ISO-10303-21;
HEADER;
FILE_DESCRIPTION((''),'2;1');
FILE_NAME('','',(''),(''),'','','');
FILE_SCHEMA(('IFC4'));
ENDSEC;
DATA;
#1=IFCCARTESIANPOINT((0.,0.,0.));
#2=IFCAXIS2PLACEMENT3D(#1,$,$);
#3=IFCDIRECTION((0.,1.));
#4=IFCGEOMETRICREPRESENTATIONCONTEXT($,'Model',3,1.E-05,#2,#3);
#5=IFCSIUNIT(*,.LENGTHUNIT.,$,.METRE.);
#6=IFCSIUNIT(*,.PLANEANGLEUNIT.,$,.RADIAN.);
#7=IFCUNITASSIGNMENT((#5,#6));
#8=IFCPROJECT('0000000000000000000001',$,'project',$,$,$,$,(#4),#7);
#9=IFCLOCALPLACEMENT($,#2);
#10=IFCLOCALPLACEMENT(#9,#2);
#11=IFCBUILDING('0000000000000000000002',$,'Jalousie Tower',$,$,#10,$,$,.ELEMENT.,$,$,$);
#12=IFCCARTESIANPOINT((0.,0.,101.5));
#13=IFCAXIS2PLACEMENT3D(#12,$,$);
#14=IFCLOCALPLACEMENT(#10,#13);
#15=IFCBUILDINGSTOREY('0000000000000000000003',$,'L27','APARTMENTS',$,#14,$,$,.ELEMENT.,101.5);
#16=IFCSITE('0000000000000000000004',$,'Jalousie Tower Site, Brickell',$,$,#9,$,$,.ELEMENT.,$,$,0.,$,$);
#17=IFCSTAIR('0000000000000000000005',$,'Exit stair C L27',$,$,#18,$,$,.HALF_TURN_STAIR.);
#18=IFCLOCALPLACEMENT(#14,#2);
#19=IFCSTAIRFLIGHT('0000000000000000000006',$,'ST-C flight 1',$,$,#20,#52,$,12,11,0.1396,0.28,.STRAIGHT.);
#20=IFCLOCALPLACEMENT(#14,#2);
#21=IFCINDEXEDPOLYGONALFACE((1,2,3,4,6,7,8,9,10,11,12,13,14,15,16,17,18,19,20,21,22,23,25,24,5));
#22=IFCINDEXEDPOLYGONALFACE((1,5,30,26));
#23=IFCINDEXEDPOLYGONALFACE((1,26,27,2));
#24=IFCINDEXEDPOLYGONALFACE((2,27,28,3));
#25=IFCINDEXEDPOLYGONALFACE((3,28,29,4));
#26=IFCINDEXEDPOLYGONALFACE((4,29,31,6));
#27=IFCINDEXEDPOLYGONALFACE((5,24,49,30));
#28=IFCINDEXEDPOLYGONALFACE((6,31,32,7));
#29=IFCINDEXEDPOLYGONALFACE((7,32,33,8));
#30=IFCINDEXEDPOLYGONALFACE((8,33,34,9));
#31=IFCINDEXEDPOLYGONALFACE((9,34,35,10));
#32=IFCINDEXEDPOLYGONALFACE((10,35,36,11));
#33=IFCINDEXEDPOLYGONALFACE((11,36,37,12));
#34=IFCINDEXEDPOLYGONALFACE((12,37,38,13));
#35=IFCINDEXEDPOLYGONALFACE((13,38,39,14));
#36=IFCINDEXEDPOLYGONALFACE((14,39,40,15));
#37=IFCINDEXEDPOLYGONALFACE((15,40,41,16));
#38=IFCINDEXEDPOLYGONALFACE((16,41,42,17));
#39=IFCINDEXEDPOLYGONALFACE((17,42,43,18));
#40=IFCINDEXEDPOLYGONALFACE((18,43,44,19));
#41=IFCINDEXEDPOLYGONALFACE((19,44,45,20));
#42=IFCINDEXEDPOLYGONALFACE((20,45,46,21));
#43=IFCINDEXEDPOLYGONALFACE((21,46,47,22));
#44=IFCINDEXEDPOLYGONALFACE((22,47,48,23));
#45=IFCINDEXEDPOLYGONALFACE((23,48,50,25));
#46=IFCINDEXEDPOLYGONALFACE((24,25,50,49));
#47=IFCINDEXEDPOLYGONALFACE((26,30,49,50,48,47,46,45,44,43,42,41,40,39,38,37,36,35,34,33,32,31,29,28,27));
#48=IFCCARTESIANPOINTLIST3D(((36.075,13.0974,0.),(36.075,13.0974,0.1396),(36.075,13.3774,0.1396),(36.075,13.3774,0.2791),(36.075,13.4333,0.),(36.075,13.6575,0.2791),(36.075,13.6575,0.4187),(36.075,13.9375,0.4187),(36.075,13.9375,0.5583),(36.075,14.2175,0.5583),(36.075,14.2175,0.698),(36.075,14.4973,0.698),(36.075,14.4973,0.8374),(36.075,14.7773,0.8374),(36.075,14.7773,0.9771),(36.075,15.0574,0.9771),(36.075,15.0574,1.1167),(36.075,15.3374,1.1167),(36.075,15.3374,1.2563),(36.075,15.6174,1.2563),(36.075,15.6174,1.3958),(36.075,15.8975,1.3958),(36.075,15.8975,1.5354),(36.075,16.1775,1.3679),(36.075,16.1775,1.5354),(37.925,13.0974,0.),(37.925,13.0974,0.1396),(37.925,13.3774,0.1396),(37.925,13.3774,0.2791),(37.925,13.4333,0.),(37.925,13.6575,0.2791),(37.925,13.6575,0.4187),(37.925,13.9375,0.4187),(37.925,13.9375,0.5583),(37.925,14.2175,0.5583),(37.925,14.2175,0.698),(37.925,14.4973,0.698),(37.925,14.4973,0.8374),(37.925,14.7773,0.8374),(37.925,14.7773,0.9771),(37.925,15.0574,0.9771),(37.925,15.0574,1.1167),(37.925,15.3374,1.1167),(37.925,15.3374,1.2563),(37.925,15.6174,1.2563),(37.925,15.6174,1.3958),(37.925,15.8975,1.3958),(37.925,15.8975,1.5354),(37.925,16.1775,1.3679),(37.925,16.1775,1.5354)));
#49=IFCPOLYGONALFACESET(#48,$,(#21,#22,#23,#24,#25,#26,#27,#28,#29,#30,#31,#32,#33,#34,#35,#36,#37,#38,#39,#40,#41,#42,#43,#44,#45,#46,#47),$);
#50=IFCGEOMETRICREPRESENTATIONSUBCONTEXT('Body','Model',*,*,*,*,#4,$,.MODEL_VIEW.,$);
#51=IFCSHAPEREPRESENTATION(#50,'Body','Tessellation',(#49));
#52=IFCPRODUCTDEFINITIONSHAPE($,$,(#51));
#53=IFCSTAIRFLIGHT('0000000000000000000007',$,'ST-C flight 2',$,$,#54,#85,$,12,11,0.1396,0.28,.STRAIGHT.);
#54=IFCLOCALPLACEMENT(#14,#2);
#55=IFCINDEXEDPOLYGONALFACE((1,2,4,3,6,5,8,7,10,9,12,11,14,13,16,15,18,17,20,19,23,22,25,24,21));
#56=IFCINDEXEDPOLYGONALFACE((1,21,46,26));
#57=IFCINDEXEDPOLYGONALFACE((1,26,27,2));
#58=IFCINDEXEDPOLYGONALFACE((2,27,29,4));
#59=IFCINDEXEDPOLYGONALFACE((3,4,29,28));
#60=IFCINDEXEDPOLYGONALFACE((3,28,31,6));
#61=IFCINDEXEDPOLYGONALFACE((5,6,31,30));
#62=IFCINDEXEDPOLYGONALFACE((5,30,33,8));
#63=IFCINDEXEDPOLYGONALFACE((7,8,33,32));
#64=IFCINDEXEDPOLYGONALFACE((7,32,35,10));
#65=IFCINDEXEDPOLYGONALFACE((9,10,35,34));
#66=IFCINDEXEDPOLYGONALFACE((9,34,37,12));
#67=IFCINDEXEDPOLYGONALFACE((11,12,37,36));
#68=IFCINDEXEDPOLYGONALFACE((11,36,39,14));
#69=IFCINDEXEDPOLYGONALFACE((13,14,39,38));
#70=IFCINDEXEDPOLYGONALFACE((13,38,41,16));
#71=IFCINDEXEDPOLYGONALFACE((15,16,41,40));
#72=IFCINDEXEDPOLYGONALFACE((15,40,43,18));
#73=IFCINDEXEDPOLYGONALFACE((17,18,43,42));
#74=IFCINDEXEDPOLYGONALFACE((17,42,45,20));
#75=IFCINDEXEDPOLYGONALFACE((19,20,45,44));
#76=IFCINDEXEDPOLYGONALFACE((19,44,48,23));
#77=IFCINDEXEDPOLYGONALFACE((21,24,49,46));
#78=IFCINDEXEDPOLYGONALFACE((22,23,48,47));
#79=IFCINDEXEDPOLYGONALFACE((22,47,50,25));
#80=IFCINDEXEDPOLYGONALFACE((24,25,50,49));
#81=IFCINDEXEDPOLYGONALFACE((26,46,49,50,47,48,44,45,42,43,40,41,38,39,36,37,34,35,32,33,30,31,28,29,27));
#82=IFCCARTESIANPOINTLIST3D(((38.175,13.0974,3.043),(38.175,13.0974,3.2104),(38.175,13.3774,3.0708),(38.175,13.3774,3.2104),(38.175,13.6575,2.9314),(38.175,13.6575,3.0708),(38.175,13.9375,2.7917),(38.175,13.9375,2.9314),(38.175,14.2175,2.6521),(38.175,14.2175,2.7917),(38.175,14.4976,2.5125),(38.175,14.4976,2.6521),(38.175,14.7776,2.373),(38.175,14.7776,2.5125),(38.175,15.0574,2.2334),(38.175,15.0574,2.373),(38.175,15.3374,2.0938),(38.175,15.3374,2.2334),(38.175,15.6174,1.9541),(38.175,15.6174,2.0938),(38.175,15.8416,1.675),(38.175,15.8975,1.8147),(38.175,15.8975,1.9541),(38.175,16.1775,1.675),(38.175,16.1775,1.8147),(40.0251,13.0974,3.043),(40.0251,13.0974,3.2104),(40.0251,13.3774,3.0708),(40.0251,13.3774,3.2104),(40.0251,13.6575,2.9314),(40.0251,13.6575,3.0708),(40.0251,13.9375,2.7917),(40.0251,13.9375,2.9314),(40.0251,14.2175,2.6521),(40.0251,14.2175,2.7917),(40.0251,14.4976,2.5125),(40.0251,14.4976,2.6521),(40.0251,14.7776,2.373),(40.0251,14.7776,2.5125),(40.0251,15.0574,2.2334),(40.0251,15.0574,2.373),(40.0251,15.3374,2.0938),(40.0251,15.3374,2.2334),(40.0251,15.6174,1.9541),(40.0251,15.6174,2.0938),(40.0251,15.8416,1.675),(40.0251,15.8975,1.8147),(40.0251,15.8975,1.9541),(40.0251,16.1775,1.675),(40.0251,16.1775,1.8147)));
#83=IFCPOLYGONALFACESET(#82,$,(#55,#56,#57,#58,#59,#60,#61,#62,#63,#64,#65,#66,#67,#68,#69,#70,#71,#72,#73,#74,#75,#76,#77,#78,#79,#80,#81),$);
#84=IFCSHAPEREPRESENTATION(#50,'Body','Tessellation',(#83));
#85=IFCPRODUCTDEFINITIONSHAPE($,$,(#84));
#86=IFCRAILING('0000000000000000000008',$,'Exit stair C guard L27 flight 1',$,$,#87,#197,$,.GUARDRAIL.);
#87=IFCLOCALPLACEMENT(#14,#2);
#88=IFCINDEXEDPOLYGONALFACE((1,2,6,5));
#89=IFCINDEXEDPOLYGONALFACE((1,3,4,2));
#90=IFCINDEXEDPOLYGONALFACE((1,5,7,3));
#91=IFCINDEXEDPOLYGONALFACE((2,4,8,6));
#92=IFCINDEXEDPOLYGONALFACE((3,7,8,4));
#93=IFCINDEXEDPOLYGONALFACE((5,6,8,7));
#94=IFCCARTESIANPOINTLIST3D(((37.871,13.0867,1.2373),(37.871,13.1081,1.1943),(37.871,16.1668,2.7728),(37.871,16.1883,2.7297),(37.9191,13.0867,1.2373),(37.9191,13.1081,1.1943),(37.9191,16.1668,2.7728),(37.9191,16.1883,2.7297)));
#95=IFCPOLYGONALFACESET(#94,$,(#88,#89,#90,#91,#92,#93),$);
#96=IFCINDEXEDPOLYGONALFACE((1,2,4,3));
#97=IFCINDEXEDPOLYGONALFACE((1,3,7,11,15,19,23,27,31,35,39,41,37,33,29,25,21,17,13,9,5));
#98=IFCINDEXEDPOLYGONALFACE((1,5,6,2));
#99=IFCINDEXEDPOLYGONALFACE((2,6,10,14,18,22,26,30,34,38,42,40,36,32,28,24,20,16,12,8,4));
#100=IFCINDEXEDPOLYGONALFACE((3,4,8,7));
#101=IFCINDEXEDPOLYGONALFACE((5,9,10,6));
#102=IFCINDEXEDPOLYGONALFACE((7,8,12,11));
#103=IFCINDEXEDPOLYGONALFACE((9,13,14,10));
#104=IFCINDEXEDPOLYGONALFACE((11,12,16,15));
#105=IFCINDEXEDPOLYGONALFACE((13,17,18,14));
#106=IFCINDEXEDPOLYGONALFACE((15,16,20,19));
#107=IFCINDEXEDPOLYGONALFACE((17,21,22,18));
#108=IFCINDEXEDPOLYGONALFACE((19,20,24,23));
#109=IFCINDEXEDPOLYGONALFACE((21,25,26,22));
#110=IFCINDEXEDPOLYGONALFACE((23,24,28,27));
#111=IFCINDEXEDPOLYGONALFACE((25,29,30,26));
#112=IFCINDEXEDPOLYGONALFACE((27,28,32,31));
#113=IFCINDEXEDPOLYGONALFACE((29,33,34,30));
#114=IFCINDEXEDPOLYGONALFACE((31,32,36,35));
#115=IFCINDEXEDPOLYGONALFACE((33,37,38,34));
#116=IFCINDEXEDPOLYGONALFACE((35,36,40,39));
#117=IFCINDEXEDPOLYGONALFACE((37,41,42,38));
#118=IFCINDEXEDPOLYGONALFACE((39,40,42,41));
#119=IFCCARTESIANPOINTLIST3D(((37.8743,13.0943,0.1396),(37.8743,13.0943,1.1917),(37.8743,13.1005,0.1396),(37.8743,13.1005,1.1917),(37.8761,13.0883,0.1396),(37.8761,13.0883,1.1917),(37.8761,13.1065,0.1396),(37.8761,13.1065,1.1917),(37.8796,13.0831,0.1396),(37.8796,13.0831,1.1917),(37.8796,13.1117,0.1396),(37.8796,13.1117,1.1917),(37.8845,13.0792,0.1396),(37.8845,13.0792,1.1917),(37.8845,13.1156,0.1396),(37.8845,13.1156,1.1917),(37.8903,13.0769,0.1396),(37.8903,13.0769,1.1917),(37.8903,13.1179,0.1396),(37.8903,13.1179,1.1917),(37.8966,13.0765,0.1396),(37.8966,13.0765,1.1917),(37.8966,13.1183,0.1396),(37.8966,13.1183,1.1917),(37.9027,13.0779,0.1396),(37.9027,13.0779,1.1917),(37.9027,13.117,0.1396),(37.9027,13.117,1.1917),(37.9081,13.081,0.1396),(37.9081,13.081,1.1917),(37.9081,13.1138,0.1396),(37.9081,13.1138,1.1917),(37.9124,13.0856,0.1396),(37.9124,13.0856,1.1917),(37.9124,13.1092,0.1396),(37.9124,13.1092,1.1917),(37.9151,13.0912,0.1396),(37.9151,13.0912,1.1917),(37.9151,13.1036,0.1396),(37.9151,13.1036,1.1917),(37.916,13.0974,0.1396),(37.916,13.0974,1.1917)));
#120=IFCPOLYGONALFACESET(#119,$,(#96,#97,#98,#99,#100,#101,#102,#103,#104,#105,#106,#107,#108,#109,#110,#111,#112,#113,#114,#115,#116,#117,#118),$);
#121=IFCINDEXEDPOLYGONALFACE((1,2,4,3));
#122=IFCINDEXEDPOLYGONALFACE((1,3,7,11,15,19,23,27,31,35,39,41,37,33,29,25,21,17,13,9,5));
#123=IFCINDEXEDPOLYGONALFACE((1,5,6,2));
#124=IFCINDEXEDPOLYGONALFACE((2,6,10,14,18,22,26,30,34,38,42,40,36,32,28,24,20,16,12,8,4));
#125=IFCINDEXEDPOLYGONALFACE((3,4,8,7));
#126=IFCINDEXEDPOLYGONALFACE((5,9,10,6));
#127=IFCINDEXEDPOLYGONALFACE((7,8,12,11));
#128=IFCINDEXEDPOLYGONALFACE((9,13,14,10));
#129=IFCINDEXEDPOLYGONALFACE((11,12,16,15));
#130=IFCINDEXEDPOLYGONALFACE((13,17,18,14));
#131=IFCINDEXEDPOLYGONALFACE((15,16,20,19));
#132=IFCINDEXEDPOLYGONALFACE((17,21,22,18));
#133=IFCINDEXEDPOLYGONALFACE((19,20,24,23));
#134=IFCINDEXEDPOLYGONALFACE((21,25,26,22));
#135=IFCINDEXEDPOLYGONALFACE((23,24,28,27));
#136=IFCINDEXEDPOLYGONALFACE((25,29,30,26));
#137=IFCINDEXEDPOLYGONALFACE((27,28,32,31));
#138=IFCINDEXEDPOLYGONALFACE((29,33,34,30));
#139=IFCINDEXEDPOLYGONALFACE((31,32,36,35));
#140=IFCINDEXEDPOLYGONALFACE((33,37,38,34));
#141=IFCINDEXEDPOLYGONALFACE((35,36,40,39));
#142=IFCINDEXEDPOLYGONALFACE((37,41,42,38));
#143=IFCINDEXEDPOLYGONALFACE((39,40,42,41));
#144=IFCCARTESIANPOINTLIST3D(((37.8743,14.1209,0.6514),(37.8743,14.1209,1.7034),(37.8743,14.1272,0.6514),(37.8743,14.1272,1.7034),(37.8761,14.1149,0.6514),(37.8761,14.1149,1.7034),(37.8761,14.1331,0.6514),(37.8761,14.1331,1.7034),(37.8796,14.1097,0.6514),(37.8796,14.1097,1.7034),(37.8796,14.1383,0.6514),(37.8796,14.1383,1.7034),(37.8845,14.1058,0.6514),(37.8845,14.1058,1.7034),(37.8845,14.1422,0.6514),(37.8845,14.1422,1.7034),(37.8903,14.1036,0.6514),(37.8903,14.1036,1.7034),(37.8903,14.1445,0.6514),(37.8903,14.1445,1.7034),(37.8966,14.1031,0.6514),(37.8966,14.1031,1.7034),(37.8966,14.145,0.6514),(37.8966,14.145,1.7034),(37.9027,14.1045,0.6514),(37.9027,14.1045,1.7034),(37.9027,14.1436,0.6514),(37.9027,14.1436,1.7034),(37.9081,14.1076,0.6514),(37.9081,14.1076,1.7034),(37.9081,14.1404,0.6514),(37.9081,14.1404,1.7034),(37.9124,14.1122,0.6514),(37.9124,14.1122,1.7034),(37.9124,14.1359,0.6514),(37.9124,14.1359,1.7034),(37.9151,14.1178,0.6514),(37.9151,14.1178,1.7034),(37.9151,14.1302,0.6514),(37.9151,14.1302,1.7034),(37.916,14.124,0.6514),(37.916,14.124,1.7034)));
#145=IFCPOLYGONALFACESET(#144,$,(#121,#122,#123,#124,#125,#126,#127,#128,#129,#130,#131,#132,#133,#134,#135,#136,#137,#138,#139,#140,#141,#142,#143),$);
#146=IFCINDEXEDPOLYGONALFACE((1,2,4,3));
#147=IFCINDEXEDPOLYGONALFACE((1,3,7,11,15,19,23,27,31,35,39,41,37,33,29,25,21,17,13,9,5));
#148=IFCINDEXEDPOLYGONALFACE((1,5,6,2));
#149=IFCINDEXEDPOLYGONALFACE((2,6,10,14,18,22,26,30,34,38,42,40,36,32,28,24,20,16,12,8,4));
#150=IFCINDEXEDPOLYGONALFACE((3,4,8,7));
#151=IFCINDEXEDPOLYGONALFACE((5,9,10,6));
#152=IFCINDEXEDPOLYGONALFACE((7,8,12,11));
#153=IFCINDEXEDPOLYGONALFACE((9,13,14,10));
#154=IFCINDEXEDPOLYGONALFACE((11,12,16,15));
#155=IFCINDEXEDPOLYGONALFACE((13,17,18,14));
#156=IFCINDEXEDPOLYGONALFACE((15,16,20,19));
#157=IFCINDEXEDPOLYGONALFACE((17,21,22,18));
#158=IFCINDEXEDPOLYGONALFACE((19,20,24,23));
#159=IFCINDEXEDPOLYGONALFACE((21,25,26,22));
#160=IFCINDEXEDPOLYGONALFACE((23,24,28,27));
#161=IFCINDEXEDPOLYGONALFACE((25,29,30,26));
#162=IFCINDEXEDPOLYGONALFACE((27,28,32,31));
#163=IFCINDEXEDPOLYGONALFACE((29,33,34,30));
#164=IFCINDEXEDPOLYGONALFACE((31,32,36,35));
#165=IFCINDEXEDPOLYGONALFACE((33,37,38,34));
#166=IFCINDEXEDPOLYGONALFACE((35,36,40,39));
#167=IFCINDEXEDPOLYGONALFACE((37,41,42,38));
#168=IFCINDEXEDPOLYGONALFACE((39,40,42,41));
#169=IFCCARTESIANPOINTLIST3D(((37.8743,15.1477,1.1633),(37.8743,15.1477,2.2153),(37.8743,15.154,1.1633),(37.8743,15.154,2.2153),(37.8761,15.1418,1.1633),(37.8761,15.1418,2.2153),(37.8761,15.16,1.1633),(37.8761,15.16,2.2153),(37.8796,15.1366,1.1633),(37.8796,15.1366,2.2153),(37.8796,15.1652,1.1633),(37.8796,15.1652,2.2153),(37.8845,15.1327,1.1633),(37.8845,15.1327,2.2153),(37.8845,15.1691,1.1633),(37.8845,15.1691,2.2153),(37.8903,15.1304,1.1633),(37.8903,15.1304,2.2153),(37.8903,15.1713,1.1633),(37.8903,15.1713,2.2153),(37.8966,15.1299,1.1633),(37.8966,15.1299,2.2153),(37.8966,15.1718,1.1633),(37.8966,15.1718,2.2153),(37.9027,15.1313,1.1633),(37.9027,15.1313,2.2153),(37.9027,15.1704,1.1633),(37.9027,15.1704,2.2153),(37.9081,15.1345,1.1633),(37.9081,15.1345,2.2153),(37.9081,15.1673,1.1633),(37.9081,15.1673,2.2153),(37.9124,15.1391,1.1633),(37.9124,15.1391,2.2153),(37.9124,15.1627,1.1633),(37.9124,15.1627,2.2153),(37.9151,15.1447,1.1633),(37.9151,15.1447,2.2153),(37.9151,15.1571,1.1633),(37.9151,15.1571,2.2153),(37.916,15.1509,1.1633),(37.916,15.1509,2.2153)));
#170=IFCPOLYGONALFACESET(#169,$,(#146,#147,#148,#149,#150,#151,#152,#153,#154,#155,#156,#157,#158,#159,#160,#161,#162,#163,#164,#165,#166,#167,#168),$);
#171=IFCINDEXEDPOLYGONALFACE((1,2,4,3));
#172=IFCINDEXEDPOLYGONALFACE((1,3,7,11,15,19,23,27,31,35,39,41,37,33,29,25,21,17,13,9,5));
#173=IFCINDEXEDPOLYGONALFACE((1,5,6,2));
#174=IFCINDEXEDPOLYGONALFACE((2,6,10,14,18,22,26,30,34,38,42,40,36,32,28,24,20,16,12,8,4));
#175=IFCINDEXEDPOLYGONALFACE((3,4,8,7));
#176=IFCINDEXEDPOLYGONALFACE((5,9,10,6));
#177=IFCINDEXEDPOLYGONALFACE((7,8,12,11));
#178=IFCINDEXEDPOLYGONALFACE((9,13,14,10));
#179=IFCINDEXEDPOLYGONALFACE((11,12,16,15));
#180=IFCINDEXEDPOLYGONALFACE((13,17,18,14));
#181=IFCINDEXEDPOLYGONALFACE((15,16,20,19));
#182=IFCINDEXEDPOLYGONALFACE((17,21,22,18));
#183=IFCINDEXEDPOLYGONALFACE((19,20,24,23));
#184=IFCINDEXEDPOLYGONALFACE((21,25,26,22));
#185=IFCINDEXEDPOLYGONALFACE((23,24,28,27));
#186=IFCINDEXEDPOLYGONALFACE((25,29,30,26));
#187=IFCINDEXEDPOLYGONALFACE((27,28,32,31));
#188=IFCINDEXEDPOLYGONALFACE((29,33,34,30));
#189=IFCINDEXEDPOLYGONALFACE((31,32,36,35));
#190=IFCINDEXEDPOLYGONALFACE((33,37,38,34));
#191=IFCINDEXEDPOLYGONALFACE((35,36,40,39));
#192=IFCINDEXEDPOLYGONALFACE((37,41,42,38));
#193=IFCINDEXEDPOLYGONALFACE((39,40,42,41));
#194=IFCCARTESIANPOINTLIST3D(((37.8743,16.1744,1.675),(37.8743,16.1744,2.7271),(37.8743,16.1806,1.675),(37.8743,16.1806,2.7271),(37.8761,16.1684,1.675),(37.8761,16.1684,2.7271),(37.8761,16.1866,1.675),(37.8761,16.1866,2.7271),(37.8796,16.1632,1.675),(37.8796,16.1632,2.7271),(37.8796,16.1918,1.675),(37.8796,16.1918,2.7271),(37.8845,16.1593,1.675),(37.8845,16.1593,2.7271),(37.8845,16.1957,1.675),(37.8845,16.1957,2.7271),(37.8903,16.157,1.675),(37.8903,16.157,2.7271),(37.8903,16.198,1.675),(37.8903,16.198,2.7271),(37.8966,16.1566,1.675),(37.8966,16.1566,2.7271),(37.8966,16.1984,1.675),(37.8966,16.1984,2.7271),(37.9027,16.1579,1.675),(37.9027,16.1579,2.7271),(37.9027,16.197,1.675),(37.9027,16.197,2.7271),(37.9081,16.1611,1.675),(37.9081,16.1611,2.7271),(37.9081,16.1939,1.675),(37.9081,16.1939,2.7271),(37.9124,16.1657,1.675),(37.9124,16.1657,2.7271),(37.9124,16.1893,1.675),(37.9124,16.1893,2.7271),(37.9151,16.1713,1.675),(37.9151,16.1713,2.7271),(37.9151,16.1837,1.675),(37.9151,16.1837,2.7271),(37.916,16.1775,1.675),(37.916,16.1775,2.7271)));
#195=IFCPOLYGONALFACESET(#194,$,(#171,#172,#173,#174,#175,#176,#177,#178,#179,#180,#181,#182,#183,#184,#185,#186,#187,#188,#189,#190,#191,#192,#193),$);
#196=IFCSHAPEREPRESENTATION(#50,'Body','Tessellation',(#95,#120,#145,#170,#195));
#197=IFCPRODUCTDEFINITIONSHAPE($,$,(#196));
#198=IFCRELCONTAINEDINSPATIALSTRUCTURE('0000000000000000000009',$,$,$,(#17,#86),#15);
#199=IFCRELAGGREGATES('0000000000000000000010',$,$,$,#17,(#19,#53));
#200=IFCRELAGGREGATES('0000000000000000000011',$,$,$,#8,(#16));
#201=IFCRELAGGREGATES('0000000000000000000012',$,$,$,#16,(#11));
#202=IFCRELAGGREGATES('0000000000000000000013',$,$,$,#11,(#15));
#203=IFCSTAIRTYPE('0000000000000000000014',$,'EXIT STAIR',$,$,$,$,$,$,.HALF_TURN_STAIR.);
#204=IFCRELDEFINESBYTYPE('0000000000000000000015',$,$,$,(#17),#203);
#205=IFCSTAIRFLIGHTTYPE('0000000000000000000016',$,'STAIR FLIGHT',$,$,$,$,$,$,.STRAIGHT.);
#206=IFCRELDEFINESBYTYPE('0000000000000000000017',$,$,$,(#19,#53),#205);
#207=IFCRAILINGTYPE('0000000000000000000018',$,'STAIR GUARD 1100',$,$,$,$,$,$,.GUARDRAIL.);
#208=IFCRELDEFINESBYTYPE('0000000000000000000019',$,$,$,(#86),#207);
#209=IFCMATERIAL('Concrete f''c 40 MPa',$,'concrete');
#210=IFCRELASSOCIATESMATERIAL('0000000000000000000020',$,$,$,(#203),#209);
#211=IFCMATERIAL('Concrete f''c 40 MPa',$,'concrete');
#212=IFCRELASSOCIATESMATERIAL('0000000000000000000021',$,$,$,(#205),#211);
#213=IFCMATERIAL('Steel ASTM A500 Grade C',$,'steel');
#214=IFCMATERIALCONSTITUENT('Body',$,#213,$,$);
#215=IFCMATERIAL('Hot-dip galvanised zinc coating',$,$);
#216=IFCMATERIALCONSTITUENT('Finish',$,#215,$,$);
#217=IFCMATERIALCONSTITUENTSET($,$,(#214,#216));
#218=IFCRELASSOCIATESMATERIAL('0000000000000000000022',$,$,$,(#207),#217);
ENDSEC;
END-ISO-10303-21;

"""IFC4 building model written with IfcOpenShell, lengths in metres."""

from ifc_helpers import new_model, si_unit, direction, frame, origin, origin_2d, place, context, subcontext, project, spatial, polyline, rectangle, circle, outline, extrude, material, constituent, constituent_set, type_object, element, aggregate, save


model = new_model("IFC4")

# Units and contexts
model_context = context("Model", 3, precision=1e-05, world=origin(), true_north=direction((0.0, 1.0)))
body_context = subcontext(model_context, "Body", "Model", "MODEL_VIEW")
ifc_project = project(units=[si_unit("LENGTHUNIT", "METRE"), si_unit("PLANEANGLEUNIT", "RADIAN")], contexts=[model_context])

# Site, building, storey
site_placement = place(None, origin())
site = spatial("IfcSite", under=ifc_project, at=site_placement, Name="Jalousie Tower Site, Brickell", CompositionType="ELEMENT", RefElevation=0.0)
building_placement = place(site_placement, origin())
building = spatial("IfcBuilding", under=site, at=building_placement, Name="Jalousie Tower", CompositionType="ELEMENT")
storey_placement = place(building_placement, frame((0.0, 0.0, 101.5)))
storey = spatial("IfcBuildingStorey", under=building, at=storey_placement, Name="L27", Description="APARTMENTS", CompositionType="ELEMENT", Elevation=101.5)

# Stair, stair flights
ifc_material_1 = material(Name="Concrete f'c 40 MPa", Category="concrete")
stair_type = type_object("IfcStairType", Name="EXIT STAIR", PredefinedType="HALF_TURN_STAIR", material=ifc_material_1)
stair_placement = place(storey_placement, origin())
stair = element("IfcStair", 1, at=stair_placement, inside=storey, type_object=stair_type, Name="Exit stair C L27", PredefinedType="HALF_TURN_STAIR")
ifc_material_2 = material(Name="Concrete f'c 40 MPa", Category="concrete")
stair_flight_type = type_object("IfcStairFlightType", Name="STAIR FLIGHT", PredefinedType="STRAIGHT", material=ifc_material_2)
stair_flight_1_placement = place(storey_placement, frame((37.0, 13.0974, 0.0), z_axis=(0.0, 0.0, 1.0), x_axis=(0.0, 1.0, 0.0)))
stair_flight_1 = element("IfcStairFlight", 2, at=stair_flight_1_placement, type_object=stair_flight_type, Name="ST-C flight 1", NumberOfRisers=12, NumberOfTreads=11, PredefinedType="STRAIGHT", RiserHeight=0.1396, TreadLength=0.28, context=body_context, shape_type="SweptSolid", body=[
    extrude(outline(polyline([(0.0, 0.0), (0.0, 0.1396), (0.28, 0.1396), (0.28, 0.2791), (0.5601, 0.2791), (0.5601, 0.4187), (0.8401, 0.4187), (0.8401, 0.5583), (1.1201, 0.5583), (1.1201, 0.698), (1.3999, 0.698), (1.3999, 0.8374), (1.6799, 0.8374), (1.6799, 0.9771), (1.96, 0.9771), (1.96, 1.1167), (2.24, 1.1167), (2.24, 1.2563), (2.52, 1.2563), (2.52, 1.3958), (2.8, 1.3958), (2.8, 1.5354), (3.0801, 1.5354), (3.0801, 1.675), (3.0801, 1.3679), (0.3359, 0.0), (0.0, 0.0)])), frame((0.0, 0.925, 0.0), z_axis=(0.0, -1.0, 0.0), x_axis=(1.0, 0.0, 0.0)), (0.0, 0.0, 1.0), 1.8501),
])
stair_flight_2_placement = place(storey_placement, frame((39.1001, 16.1775, 1.675), z_axis=(0.0, 0.0, 1.0), x_axis=(0.0, -1.0, 0.0)))
stair_flight_2 = element("IfcStairFlight", 3, at=stair_flight_2_placement, type_object=stair_flight_type, Name="ST-C flight 2", NumberOfRisers=12, NumberOfTreads=11, PredefinedType="STRAIGHT", RiserHeight=0.1396, TreadLength=0.28, context=body_context, shape_type="SweptSolid", body=[
    extrude(outline(polyline([(0.0, 0.0), (0.0, 0.1396), (0.28, 0.1396), (0.28, 0.2791), (0.5601, 0.2791), (0.5601, 0.4187), (0.8401, 0.4187), (0.8401, 0.5583), (1.1201, 0.5583), (1.1201, 0.698), (1.3999, 0.698), (1.3999, 0.8374), (1.6799, 0.8374), (1.6799, 0.9771), (1.96, 0.9771), (1.96, 1.1167), (2.24, 1.1167), (2.24, 1.2563), (2.52, 1.2563), (2.52, 1.3958), (2.8, 1.3958), (2.8, 1.5354), (3.0801, 1.5354), (3.0801, 1.675), (3.0801, 1.3679), (0.3359, 0.0), (0.0, 0.0)])), frame((0.0, 0.925, 0.0), z_axis=(0.0, -1.0, 0.0), x_axis=(1.0, 0.0, 0.0)), (0.0, 0.0, 1.0), 1.8501),
])
aggregate(stair, [stair_flight_1, stair_flight_2])

# Railing
ifc_material_3 = material(Name="Steel ASTM A500 Grade C", Category="steel")
ifc_constituent_1 = constituent(ifc_material_3, Name="Body")
ifc_material_4 = material(Name="Hot-dip galvanised zinc coating")
ifc_constituent_2 = constituent(ifc_material_4, Name="Finish")
ifc_constituent_set_1 = constituent_set(constituents=[ifc_constituent_1, ifc_constituent_2])
railing_type_1 = type_object("IfcRailingType", Name="STAIR GUARD 1100", PredefinedType="GUARDRAIL", material=ifc_constituent_set_1)
railing_1_placement = place(storey_placement, frame((37.895, 13.0974, 0.1396)))
element("IfcRailing", 4, at=railing_1_placement, inside=storey, type_object=railing_type_1, Name="Exit stair C guard L27 flight 1", PredefinedType="GUARDRAIL", context=body_context, shape_type="SweptSolid", body=[
    extrude(rectangle(XDim=0.0481, YDim=0.0481, at=origin_2d()), frame((0.0, 0.0, 1.0762), z_axis=(0.0, 0.894966, 0.446135), x_axis=(-1.0, 0.0, 0.0)), (0.0, 0.0, 1.0), 3.4417),
    extrude(circle(Radius=0.021, at=origin_2d()), origin(), (0.0, 0.0, 1.0), 1.052),
    extrude(circle(Radius=0.021, at=origin_2d()), frame((0.0, 1.0266, 0.5117)), (0.0, 0.0, 1.0), 1.052),
    extrude(circle(Radius=0.021, at=origin_2d()), frame((0.0, 2.0535, 1.0237)), (0.0, 0.0, 1.0), 1.052),
    extrude(circle(Radius=0.021, at=origin_2d()), frame((0.0, 3.0801, 1.5354)), (0.0, 0.0, 1.0), 1.052),
])

save(model, "model.ifc")
